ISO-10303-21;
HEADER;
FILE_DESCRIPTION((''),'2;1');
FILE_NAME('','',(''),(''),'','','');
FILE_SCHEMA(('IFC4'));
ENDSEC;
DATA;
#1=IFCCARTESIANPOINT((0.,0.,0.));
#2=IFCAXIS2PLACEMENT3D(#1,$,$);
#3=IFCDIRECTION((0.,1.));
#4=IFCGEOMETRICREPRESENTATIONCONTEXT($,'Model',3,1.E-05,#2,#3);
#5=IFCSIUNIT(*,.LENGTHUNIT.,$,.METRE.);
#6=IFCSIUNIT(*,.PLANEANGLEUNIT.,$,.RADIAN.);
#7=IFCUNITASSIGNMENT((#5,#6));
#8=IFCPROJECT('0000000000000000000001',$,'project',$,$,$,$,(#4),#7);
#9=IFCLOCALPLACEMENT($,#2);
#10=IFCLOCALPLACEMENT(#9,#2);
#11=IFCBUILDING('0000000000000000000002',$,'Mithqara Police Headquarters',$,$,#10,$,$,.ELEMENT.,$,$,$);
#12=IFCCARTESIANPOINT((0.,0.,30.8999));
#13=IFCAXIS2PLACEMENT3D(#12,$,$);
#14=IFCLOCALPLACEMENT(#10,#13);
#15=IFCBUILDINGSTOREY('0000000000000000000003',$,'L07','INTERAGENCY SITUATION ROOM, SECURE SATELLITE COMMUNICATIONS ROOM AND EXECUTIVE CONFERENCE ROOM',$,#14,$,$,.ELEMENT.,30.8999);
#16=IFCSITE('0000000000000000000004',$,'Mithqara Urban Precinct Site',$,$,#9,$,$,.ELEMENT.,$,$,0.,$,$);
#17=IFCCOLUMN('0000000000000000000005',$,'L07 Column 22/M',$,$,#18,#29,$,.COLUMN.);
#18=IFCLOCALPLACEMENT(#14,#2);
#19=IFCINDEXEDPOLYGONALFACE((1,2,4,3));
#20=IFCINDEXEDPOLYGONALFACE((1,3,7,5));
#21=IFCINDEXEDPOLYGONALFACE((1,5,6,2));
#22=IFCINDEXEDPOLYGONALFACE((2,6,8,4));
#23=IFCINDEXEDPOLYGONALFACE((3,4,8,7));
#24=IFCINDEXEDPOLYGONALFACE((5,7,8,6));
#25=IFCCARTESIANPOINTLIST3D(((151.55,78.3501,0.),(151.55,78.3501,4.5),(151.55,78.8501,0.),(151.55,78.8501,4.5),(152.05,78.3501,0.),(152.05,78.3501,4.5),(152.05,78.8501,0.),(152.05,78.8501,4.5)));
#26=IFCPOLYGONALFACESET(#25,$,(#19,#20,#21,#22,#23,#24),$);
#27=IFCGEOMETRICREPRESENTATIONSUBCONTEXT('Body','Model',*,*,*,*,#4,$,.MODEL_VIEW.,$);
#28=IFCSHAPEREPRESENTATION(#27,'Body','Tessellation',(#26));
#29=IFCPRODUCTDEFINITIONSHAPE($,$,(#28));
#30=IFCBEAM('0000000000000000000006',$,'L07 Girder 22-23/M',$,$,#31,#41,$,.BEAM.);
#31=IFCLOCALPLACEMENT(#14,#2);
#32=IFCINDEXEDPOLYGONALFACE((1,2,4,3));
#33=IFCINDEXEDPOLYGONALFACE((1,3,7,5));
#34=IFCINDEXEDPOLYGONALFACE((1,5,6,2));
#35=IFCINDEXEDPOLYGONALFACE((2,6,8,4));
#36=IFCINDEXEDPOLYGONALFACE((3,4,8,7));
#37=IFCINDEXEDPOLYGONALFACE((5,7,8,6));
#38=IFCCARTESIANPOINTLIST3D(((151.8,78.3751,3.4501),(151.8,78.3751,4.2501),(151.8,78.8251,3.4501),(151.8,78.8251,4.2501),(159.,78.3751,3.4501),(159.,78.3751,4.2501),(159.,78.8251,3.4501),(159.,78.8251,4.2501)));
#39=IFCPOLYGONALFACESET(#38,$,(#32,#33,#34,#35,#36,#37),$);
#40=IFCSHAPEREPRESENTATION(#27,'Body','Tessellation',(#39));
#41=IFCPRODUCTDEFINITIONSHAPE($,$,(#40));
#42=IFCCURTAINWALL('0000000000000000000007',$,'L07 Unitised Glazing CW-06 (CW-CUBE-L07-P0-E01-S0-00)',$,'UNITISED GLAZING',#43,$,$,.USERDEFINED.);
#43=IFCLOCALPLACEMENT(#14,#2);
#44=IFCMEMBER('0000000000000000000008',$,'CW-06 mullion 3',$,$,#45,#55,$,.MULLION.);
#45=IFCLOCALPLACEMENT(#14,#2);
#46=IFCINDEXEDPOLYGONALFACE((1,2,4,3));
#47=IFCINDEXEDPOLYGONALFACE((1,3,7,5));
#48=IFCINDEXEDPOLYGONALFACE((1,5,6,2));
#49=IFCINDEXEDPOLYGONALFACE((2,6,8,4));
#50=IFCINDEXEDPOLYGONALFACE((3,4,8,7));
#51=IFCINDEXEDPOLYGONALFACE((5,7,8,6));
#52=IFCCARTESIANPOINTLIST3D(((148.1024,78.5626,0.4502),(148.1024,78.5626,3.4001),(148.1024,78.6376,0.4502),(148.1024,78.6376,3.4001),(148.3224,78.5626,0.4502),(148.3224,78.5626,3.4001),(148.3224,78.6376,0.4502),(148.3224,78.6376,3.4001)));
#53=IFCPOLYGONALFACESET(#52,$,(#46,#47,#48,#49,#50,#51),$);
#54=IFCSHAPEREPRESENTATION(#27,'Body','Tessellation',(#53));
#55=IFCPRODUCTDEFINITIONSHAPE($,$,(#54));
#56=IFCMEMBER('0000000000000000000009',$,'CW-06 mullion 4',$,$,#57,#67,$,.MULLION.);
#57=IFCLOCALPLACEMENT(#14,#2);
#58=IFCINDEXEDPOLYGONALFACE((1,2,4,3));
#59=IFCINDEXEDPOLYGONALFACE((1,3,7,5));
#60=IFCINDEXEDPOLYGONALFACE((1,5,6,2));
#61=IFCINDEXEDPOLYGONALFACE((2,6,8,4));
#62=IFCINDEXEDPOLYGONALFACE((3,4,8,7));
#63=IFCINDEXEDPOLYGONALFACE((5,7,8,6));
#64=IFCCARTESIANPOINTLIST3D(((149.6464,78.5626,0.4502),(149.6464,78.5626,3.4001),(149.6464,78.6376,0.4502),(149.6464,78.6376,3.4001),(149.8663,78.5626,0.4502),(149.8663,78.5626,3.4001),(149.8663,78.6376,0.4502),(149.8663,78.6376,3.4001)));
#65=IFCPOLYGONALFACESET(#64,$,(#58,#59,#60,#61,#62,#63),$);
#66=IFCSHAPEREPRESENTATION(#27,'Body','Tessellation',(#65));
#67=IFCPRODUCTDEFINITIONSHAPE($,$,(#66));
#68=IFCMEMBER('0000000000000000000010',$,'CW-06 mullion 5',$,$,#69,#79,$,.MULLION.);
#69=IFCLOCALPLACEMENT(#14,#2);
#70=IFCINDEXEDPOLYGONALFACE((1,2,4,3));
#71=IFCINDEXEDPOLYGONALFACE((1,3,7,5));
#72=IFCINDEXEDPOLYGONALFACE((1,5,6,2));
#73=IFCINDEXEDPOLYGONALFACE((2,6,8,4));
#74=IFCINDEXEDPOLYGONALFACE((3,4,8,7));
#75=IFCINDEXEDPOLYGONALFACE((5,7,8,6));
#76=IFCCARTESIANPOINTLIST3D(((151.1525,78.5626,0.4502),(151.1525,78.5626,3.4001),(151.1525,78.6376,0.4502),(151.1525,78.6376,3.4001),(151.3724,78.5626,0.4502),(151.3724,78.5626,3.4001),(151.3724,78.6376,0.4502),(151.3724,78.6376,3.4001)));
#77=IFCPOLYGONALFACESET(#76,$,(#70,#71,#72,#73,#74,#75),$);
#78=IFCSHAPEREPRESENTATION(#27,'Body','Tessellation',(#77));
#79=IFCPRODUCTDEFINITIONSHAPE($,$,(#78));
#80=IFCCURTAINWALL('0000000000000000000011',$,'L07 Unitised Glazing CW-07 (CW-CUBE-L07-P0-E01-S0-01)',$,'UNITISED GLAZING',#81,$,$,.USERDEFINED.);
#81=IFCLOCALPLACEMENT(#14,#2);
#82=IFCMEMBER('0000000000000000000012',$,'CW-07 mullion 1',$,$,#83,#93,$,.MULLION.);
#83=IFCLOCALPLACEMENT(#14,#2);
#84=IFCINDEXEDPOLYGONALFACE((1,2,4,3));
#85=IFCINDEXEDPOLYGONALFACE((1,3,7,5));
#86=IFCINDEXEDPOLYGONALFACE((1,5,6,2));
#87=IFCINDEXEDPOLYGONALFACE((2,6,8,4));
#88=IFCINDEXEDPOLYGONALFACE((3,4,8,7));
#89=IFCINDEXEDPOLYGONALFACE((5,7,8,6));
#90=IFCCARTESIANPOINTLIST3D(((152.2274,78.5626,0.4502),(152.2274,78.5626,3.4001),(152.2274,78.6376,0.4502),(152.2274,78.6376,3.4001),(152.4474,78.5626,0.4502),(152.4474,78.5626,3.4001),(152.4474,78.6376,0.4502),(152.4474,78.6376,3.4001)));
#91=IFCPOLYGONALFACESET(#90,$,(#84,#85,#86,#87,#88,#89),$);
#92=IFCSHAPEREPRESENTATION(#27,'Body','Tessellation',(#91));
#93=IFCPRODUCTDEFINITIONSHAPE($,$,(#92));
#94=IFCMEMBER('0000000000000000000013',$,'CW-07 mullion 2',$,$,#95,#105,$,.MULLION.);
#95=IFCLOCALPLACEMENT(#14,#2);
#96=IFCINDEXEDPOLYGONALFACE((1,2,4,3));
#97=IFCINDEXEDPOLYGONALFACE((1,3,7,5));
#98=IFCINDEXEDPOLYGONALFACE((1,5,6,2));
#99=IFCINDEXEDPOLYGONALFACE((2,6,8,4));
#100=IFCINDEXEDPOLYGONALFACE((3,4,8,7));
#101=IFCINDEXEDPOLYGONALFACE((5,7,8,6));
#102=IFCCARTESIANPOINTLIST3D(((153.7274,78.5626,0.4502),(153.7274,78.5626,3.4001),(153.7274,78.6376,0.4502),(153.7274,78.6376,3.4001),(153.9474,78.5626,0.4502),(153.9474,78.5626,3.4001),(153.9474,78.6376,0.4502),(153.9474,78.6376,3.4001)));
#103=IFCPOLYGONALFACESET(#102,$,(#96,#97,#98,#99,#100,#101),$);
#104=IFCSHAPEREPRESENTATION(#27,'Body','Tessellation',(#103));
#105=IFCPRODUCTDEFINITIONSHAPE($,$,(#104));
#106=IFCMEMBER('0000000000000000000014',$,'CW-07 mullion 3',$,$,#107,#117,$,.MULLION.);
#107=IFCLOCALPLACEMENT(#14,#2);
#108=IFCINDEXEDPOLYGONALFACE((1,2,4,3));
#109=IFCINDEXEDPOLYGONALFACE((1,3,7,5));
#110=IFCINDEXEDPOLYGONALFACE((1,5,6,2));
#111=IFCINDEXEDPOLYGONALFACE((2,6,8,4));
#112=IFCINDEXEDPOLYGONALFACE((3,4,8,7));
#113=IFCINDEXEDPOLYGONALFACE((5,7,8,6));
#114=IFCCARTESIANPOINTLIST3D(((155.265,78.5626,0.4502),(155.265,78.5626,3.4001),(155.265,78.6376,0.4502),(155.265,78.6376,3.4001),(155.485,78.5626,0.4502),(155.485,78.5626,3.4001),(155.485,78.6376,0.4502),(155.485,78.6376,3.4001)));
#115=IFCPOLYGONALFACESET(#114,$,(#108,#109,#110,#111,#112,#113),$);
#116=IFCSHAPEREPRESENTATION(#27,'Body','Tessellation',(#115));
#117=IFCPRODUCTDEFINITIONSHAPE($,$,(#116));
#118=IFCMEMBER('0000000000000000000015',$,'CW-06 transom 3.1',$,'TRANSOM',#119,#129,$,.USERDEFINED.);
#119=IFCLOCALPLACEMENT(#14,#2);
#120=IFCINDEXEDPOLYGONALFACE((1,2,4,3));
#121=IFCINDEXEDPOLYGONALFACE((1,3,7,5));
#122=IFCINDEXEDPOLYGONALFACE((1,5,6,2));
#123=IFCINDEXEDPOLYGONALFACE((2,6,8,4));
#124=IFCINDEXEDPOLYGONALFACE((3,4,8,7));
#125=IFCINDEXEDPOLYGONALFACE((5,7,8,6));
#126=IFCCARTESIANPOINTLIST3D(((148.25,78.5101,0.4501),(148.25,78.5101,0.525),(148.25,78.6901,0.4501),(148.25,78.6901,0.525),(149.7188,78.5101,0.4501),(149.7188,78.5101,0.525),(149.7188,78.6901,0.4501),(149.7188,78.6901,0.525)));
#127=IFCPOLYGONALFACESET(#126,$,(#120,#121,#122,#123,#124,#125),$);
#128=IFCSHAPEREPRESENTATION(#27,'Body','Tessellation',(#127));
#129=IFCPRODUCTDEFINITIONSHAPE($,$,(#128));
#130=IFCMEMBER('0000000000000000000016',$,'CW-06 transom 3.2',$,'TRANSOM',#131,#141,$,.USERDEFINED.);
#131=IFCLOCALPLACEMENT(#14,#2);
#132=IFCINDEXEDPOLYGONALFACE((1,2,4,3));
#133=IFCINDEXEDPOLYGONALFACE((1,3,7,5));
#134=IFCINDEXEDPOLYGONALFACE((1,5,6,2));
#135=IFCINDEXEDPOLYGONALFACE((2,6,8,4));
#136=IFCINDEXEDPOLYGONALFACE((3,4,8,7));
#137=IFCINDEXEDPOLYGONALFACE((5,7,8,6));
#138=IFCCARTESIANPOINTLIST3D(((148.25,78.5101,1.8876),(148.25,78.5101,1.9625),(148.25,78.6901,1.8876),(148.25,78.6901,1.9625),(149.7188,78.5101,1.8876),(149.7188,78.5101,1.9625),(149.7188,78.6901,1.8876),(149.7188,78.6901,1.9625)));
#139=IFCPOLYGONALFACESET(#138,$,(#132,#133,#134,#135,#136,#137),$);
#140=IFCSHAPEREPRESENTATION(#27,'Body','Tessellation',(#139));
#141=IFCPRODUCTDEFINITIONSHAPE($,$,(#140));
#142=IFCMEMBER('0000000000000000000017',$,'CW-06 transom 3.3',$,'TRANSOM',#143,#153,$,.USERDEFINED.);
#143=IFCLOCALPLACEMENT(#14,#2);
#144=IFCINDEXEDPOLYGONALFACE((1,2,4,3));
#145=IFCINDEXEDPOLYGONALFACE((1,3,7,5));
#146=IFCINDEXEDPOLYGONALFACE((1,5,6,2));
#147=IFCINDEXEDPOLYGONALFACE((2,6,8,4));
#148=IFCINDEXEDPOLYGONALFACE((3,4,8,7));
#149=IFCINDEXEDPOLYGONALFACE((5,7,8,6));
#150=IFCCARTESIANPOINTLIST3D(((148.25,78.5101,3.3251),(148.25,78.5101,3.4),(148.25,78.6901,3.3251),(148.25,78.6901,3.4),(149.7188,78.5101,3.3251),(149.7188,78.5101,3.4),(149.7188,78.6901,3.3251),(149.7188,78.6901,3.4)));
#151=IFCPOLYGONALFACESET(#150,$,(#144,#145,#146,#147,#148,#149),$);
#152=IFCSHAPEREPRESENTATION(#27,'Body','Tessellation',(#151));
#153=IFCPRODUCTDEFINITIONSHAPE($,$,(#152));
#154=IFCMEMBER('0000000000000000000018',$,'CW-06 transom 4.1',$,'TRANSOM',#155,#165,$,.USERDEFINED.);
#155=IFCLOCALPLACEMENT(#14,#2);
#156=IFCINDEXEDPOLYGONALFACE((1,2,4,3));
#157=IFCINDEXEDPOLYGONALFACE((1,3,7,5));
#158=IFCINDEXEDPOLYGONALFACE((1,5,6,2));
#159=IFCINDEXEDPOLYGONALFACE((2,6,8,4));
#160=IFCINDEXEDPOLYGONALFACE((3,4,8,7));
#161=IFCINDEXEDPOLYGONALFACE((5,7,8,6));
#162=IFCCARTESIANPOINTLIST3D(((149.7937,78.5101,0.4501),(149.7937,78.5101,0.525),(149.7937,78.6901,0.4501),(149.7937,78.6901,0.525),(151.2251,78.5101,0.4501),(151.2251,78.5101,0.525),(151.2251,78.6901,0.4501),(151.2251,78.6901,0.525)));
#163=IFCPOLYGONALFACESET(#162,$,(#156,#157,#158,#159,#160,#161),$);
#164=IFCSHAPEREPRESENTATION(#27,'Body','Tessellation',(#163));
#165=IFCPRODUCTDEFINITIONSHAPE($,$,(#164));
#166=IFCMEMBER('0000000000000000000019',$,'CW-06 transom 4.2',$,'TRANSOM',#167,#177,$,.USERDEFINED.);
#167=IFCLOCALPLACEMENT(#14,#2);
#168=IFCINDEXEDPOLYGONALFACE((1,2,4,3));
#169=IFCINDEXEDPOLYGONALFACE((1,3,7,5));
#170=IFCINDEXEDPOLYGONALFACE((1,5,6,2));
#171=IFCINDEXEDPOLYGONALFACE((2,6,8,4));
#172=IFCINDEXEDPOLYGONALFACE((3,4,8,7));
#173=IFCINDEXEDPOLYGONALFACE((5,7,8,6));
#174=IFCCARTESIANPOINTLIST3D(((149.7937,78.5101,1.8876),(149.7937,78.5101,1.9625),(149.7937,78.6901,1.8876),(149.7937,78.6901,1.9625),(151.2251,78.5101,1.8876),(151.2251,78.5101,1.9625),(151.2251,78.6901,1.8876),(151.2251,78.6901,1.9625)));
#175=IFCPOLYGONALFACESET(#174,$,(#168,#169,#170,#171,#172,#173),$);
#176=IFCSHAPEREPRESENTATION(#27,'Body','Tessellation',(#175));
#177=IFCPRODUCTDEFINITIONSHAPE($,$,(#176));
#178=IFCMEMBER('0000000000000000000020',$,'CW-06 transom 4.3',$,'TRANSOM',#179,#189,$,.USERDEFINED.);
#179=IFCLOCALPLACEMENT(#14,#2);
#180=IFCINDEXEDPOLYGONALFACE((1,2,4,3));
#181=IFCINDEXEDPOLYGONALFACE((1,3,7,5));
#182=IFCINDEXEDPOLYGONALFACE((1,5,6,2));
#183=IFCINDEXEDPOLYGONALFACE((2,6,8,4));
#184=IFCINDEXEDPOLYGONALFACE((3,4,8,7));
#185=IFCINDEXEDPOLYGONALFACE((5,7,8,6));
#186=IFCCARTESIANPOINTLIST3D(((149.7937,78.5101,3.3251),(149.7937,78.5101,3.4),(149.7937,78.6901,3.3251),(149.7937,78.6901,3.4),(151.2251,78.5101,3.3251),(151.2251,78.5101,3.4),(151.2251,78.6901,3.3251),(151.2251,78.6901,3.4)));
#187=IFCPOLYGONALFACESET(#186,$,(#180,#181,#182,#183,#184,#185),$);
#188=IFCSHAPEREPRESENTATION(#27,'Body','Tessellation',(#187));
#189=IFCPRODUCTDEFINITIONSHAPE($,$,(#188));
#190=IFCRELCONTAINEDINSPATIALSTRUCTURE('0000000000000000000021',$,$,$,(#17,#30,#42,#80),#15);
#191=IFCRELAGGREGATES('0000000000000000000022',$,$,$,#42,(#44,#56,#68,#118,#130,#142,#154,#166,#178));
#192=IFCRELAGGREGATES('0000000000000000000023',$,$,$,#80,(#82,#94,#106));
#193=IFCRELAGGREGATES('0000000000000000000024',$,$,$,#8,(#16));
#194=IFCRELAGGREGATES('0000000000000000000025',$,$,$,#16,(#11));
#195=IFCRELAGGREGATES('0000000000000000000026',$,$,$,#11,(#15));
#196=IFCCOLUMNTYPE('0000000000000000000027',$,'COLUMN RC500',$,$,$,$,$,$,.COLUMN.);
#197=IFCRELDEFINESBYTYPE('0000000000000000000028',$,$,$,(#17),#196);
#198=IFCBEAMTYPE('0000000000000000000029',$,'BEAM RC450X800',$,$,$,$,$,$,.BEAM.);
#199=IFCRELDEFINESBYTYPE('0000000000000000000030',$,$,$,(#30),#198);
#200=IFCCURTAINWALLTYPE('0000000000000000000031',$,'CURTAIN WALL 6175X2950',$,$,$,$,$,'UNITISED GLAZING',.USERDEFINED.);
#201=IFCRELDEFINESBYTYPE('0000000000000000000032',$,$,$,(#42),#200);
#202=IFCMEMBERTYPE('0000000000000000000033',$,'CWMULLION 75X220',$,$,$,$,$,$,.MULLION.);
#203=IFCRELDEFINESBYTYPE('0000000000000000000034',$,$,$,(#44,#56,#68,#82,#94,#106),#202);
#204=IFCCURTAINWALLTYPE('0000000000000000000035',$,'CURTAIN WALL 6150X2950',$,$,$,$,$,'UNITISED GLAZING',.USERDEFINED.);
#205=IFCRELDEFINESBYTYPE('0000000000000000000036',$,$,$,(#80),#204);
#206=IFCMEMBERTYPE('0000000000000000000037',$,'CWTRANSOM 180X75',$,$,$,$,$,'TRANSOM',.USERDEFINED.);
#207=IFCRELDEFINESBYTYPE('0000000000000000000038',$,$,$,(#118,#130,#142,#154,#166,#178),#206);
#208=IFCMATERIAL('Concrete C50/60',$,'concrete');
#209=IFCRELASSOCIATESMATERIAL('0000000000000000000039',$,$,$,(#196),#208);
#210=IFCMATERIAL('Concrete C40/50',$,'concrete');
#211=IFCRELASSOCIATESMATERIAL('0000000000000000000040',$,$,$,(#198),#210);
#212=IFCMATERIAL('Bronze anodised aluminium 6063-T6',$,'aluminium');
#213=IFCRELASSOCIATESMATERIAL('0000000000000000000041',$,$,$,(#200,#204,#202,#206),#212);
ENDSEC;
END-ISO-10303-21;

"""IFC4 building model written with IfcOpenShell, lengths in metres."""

from ifc_helpers import new_model, si_unit, direction, frame, origin, origin_2d, place, context, subcontext, project, spatial, rectangle, extrude, material, material_profile, profile_set, type_object, element, aggregate, save


model = new_model("IFC4")

# Units and contexts
model_context = context("Model", 3, precision=1e-05, world=origin(), true_north=direction((0.0, 1.0)))
body_context = subcontext(model_context, "Body", "Model", "MODEL_VIEW")
ifc_project = project(units=[si_unit("LENGTHUNIT", "METRE"), si_unit("PLANEANGLEUNIT", "RADIAN")], contexts=[model_context])

# Site, building, storey
site_placement = place(None, origin())
site = spatial("IfcSite", under=ifc_project, at=site_placement, Name="Mithqara Urban Precinct Site", CompositionType="ELEMENT", RefElevation=0.0)
building_placement = place(site_placement, origin())
building = spatial("IfcBuilding", under=site, at=building_placement, Name="Mithqara Police Headquarters", CompositionType="ELEMENT")
storey_placement = place(building_placement, frame((0.0, 0.0, 30.8999)))
storey = spatial("IfcBuildingStorey", under=building, at=storey_placement, Name="L07", Description="INTERAGENCY SITUATION ROOM, SECURE SATELLITE COMMUNICATIONS ROOM AND EXECUTIVE CONFERENCE ROOM", CompositionType="ELEMENT", Elevation=30.8999)

# Column
ifc_material_1 = material(Name="Concrete C50/60", Category="concrete")
ifc_material_profile_1 = material_profile(ifc_material_1, rectangle(XDim=0.5, YDim=0.5, at=origin_2d()), Name="RC 500x500")
ifc_profile_set_1 = profile_set([ifc_material_profile_1], Name="Concrete C50/60")
column_type = type_object("IfcColumnType", Name="COLUMN RC500", PredefinedType="COLUMN", material=ifc_profile_set_1)
column_placement = place(storey_placement, frame((151.8, 78.6001, 0.0), z_axis=(0.0, 0.0, 1.0), x_axis=(1.0, 0.0, 0.0)))
element("IfcColumn", 1, at=column_placement, inside=storey, type_object=column_type, Name="L07 Column 22/M", PredefinedType="COLUMN", context=body_context, shape_type="SweptSolid", body=[
    extrude(rectangle(XDim=0.5, YDim=0.5, at=origin_2d()), origin(), (0.0, 0.0, 1.0), 4.5),
])

# Beam
ifc_material_2 = material(Name="Concrete C40/50", Category="concrete")
ifc_material_profile_2 = material_profile(ifc_material_2, rectangle(XDim=0.45, YDim=0.8, at=origin_2d()), Name="RC 450x800")
ifc_profile_set_2 = profile_set([ifc_material_profile_2], Name="Concrete C40/50")
beam_type = type_object("IfcBeamType", Name="BEAM RC450X800", PredefinedType="BEAM", material=ifc_profile_set_2)
beam_placement = place(storey_placement, frame((151.8, 78.6001, 3.8501), z_axis=(1.0, 0.0, 0.0), x_axis=(0.0, 1.0, 0.0)))
element("IfcBeam", 2, at=beam_placement, inside=storey, type_object=beam_type, Name="L07 Girder 22-23/M", PredefinedType="BEAM", context=body_context, shape_type="SweptSolid", body=[
    extrude(rectangle(XDim=0.45, YDim=0.8, at=origin_2d()), origin(), (0.0, 0.0, 1.0), 7.2),
])

# Curtain walls, members
ifc_material_3 = material(Name="Bronze anodised aluminium 6063-T6", Category="aluminium")
curtain_wall_type_1 = type_object("IfcCurtainWallType", Name="CURTAIN WALL 6175X2950", ElementType="UNITISED GLAZING", PredefinedType="USERDEFINED", material=ifc_material_3)
curtain_wall_1_placement = place(storey_placement, origin())
curtain_wall_1 = element("IfcCurtainWall", 3, at=curtain_wall_1_placement, inside=storey, type_object=curtain_wall_type_1, Name="L07 Unitised Glazing CW-06 (CW-CUBE-L07-P0-E01-S0-00)", ObjectType="UNITISED GLAZING", PredefinedType="USERDEFINED")
ifc_material_profile_3 = material_profile(ifc_material_3, rectangle(XDim=0.075, YDim=0.22, at=origin_2d()), Name="CWM 75x220")
ifc_profile_set_3 = profile_set([ifc_material_profile_3], Name="Bronze anodised aluminium 6063-T6")
member_type_1 = type_object("IfcMemberType", Name="CWMULLION 75X220", PredefinedType="MULLION", material=ifc_profile_set_3)
member_1_placement = place(storey_placement, frame((148.2124, 78.6001, 0.4502), z_axis=(0.0, 0.0, 1.0), x_axis=(0.0, 1.0, 0.0)))
member_1 = element("IfcMember", 4, at=member_1_placement, type_object=member_type_1, Name="CW-06 mullion 3", PredefinedType="MULLION", context=body_context, shape_type="SweptSolid", body=[
    extrude(rectangle(XDim=0.075, YDim=0.22, at=origin_2d()), origin(), (0.0, 0.0, 1.0), 2.95),
])
member_2_placement = place(storey_placement, frame((149.7563, 78.6001, 0.4502), z_axis=(0.0, 0.0, 1.0), x_axis=(0.0, 1.0, 0.0)))
member_2 = element("IfcMember", 5, at=member_2_placement, type_object=member_type_1, Name="CW-06 mullion 4", PredefinedType="MULLION", context=body_context, shape_type="SweptSolid", body=[
    extrude(rectangle(XDim=0.075, YDim=0.22, at=origin_2d()), origin(), (0.0, 0.0, 1.0), 2.95),
])
member_3_placement = place(storey_placement, frame((151.2625, 78.6001, 0.4502), z_axis=(0.0, 0.0, 1.0), x_axis=(0.0, 1.0, 0.0)))
member_3 = element("IfcMember", 6, at=member_3_placement, type_object=member_type_1, Name="CW-06 mullion 5", PredefinedType="MULLION", context=body_context, shape_type="SweptSolid", body=[
    extrude(rectangle(XDim=0.075, YDim=0.22, at=origin_2d()), origin(), (0.0, 0.0, 1.0), 2.95),
])
curtain_wall_type_2 = type_object("IfcCurtainWallType", Name="CURTAIN WALL 6150X2950", ElementType="UNITISED GLAZING", PredefinedType="USERDEFINED", material=ifc_material_3)
curtain_wall_2_placement = place(storey_placement, origin())
curtain_wall_2 = element("IfcCurtainWall", 7, at=curtain_wall_2_placement, inside=storey, type_object=curtain_wall_type_2, Name="L07 Unitised Glazing CW-07 (CW-CUBE-L07-P0-E01-S0-01)", ObjectType="UNITISED GLAZING", PredefinedType="USERDEFINED")
member_4_placement = place(storey_placement, frame((152.3374, 78.6001, 0.4502), z_axis=(0.0, 0.0, 1.0), x_axis=(0.0, 1.0, 0.0)))
member_4 = element("IfcMember", 8, at=member_4_placement, type_object=member_type_1, Name="CW-07 mullion 1", PredefinedType="MULLION", context=body_context, shape_type="SweptSolid", body=[
    extrude(rectangle(XDim=0.075, YDim=0.22, at=origin_2d()), origin(), (0.0, 0.0, 1.0), 2.95),
])
member_5_placement = place(storey_placement, frame((153.8374, 78.6001, 0.4502), z_axis=(0.0, 0.0, 1.0), x_axis=(0.0, 1.0, 0.0)))
member_5 = element("IfcMember", 9, at=member_5_placement, type_object=member_type_1, Name="CW-07 mullion 2", PredefinedType="MULLION", context=body_context, shape_type="SweptSolid", body=[
    extrude(rectangle(XDim=0.075, YDim=0.22, at=origin_2d()), origin(), (0.0, 0.0, 1.0), 2.95),
])
member_6_placement = place(storey_placement, frame((155.375, 78.6001, 0.4502), z_axis=(0.0, 0.0, 1.0), x_axis=(0.0, 1.0, 0.0)))
member_6 = element("IfcMember", 10, at=member_6_placement, type_object=member_type_1, Name="CW-07 mullion 3", PredefinedType="MULLION", context=body_context, shape_type="SweptSolid", body=[
    extrude(rectangle(XDim=0.075, YDim=0.22, at=origin_2d()), origin(), (0.0, 0.0, 1.0), 2.95),
])

# Members
ifc_material_profile_4 = material_profile(ifc_material_3, rectangle(XDim=0.1799, YDim=0.075, at=origin_2d()), Name="CWT 180x75")
ifc_profile_set_4 = profile_set([ifc_material_profile_4], Name="Bronze anodised aluminium 6063-T6")
member_type_2 = type_object("IfcMemberType", Name="CWTRANSOM 180X75", ElementType="TRANSOM", PredefinedType="USERDEFINED", material=ifc_profile_set_4)
member_7_placement = place(storey_placement, frame((148.25, 78.6001, 0.4875), z_axis=(1.0, 0.0, 0.0), x_axis=(0.0, 1.0, 0.0)))
member_7 = element("IfcMember", 11, at=member_7_placement, type_object=member_type_2, Name="CW-06 transom 3.1", ObjectType="TRANSOM", PredefinedType="USERDEFINED", context=body_context, shape_type="SweptSolid", body=[
    extrude(rectangle(XDim=0.1799, YDim=0.075, at=origin_2d()), origin(), (0.0, 0.0, 1.0), 1.4688),
])
member_8_placement = place(storey_placement, frame((148.25, 78.6001, 1.925), z_axis=(1.0, 0.0, 0.0), x_axis=(0.0, 1.0, 0.0)))
member_8 = element("IfcMember", 12, at=member_8_placement, type_object=member_type_2, Name="CW-06 transom 3.2", ObjectType="TRANSOM", PredefinedType="USERDEFINED", context=body_context, shape_type="SweptSolid", body=[
    extrude(rectangle(XDim=0.1799, YDim=0.075, at=origin_2d()), origin(), (0.0, 0.0, 1.0), 1.4688),
])
member_9_placement = place(storey_placement, frame((148.25, 78.6001, 3.3625), z_axis=(1.0, 0.0, 0.0), x_axis=(0.0, 1.0, 0.0)))
member_9 = element("IfcMember", 13, at=member_9_placement, type_object=member_type_2, Name="CW-06 transom 3.3", ObjectType="TRANSOM", PredefinedType="USERDEFINED", context=body_context, shape_type="SweptSolid", body=[
    extrude(rectangle(XDim=0.1799, YDim=0.075, at=origin_2d()), origin(), (0.0, 0.0, 1.0), 1.4688),
])
member_10_placement = place(storey_placement, frame((149.7937, 78.6001, 0.4875), z_axis=(1.0, 0.0, 0.0), x_axis=(0.0, 1.0, 0.0)))
member_10 = element("IfcMember", 14, at=member_10_placement, type_object=member_type_2, Name="CW-06 transom 4.1", ObjectType="TRANSOM", PredefinedType="USERDEFINED", context=body_context, shape_type="SweptSolid", body=[
    extrude(rectangle(XDim=0.1799, YDim=0.075, at=origin_2d()), origin(), (0.0, 0.0, 1.0), 1.4314),
])
member_11_placement = place(storey_placement, frame((149.7937, 78.6001, 1.925), z_axis=(1.0, 0.0, 0.0), x_axis=(0.0, 1.0, 0.0)))
member_11 = element("IfcMember", 15, at=member_11_placement, type_object=member_type_2, Name="CW-06 transom 4.2", ObjectType="TRANSOM", PredefinedType="USERDEFINED", context=body_context, shape_type="SweptSolid", body=[
    extrude(rectangle(XDim=0.1799, YDim=0.075, at=origin_2d()), origin(), (0.0, 0.0, 1.0), 1.4314),
])
member_12_placement = place(storey_placement, frame((149.7937, 78.6001, 3.3625), z_axis=(1.0, 0.0, 0.0), x_axis=(0.0, 1.0, 0.0)))
member_12 = element("IfcMember", 16, at=member_12_placement, type_object=member_type_2, Name="CW-06 transom 4.3", ObjectType="TRANSOM", PredefinedType="USERDEFINED", context=body_context, shape_type="SweptSolid", body=[
    extrude(rectangle(XDim=0.1799, YDim=0.075, at=origin_2d()), origin(), (0.0, 0.0, 1.0), 1.4314),
])

aggregate(curtain_wall_1, [member_1, member_2, member_3, member_7, member_8, member_9, member_10, member_11, member_12])
aggregate(curtain_wall_2, [member_4, member_5, member_6])

save(model, "model.ifc")
